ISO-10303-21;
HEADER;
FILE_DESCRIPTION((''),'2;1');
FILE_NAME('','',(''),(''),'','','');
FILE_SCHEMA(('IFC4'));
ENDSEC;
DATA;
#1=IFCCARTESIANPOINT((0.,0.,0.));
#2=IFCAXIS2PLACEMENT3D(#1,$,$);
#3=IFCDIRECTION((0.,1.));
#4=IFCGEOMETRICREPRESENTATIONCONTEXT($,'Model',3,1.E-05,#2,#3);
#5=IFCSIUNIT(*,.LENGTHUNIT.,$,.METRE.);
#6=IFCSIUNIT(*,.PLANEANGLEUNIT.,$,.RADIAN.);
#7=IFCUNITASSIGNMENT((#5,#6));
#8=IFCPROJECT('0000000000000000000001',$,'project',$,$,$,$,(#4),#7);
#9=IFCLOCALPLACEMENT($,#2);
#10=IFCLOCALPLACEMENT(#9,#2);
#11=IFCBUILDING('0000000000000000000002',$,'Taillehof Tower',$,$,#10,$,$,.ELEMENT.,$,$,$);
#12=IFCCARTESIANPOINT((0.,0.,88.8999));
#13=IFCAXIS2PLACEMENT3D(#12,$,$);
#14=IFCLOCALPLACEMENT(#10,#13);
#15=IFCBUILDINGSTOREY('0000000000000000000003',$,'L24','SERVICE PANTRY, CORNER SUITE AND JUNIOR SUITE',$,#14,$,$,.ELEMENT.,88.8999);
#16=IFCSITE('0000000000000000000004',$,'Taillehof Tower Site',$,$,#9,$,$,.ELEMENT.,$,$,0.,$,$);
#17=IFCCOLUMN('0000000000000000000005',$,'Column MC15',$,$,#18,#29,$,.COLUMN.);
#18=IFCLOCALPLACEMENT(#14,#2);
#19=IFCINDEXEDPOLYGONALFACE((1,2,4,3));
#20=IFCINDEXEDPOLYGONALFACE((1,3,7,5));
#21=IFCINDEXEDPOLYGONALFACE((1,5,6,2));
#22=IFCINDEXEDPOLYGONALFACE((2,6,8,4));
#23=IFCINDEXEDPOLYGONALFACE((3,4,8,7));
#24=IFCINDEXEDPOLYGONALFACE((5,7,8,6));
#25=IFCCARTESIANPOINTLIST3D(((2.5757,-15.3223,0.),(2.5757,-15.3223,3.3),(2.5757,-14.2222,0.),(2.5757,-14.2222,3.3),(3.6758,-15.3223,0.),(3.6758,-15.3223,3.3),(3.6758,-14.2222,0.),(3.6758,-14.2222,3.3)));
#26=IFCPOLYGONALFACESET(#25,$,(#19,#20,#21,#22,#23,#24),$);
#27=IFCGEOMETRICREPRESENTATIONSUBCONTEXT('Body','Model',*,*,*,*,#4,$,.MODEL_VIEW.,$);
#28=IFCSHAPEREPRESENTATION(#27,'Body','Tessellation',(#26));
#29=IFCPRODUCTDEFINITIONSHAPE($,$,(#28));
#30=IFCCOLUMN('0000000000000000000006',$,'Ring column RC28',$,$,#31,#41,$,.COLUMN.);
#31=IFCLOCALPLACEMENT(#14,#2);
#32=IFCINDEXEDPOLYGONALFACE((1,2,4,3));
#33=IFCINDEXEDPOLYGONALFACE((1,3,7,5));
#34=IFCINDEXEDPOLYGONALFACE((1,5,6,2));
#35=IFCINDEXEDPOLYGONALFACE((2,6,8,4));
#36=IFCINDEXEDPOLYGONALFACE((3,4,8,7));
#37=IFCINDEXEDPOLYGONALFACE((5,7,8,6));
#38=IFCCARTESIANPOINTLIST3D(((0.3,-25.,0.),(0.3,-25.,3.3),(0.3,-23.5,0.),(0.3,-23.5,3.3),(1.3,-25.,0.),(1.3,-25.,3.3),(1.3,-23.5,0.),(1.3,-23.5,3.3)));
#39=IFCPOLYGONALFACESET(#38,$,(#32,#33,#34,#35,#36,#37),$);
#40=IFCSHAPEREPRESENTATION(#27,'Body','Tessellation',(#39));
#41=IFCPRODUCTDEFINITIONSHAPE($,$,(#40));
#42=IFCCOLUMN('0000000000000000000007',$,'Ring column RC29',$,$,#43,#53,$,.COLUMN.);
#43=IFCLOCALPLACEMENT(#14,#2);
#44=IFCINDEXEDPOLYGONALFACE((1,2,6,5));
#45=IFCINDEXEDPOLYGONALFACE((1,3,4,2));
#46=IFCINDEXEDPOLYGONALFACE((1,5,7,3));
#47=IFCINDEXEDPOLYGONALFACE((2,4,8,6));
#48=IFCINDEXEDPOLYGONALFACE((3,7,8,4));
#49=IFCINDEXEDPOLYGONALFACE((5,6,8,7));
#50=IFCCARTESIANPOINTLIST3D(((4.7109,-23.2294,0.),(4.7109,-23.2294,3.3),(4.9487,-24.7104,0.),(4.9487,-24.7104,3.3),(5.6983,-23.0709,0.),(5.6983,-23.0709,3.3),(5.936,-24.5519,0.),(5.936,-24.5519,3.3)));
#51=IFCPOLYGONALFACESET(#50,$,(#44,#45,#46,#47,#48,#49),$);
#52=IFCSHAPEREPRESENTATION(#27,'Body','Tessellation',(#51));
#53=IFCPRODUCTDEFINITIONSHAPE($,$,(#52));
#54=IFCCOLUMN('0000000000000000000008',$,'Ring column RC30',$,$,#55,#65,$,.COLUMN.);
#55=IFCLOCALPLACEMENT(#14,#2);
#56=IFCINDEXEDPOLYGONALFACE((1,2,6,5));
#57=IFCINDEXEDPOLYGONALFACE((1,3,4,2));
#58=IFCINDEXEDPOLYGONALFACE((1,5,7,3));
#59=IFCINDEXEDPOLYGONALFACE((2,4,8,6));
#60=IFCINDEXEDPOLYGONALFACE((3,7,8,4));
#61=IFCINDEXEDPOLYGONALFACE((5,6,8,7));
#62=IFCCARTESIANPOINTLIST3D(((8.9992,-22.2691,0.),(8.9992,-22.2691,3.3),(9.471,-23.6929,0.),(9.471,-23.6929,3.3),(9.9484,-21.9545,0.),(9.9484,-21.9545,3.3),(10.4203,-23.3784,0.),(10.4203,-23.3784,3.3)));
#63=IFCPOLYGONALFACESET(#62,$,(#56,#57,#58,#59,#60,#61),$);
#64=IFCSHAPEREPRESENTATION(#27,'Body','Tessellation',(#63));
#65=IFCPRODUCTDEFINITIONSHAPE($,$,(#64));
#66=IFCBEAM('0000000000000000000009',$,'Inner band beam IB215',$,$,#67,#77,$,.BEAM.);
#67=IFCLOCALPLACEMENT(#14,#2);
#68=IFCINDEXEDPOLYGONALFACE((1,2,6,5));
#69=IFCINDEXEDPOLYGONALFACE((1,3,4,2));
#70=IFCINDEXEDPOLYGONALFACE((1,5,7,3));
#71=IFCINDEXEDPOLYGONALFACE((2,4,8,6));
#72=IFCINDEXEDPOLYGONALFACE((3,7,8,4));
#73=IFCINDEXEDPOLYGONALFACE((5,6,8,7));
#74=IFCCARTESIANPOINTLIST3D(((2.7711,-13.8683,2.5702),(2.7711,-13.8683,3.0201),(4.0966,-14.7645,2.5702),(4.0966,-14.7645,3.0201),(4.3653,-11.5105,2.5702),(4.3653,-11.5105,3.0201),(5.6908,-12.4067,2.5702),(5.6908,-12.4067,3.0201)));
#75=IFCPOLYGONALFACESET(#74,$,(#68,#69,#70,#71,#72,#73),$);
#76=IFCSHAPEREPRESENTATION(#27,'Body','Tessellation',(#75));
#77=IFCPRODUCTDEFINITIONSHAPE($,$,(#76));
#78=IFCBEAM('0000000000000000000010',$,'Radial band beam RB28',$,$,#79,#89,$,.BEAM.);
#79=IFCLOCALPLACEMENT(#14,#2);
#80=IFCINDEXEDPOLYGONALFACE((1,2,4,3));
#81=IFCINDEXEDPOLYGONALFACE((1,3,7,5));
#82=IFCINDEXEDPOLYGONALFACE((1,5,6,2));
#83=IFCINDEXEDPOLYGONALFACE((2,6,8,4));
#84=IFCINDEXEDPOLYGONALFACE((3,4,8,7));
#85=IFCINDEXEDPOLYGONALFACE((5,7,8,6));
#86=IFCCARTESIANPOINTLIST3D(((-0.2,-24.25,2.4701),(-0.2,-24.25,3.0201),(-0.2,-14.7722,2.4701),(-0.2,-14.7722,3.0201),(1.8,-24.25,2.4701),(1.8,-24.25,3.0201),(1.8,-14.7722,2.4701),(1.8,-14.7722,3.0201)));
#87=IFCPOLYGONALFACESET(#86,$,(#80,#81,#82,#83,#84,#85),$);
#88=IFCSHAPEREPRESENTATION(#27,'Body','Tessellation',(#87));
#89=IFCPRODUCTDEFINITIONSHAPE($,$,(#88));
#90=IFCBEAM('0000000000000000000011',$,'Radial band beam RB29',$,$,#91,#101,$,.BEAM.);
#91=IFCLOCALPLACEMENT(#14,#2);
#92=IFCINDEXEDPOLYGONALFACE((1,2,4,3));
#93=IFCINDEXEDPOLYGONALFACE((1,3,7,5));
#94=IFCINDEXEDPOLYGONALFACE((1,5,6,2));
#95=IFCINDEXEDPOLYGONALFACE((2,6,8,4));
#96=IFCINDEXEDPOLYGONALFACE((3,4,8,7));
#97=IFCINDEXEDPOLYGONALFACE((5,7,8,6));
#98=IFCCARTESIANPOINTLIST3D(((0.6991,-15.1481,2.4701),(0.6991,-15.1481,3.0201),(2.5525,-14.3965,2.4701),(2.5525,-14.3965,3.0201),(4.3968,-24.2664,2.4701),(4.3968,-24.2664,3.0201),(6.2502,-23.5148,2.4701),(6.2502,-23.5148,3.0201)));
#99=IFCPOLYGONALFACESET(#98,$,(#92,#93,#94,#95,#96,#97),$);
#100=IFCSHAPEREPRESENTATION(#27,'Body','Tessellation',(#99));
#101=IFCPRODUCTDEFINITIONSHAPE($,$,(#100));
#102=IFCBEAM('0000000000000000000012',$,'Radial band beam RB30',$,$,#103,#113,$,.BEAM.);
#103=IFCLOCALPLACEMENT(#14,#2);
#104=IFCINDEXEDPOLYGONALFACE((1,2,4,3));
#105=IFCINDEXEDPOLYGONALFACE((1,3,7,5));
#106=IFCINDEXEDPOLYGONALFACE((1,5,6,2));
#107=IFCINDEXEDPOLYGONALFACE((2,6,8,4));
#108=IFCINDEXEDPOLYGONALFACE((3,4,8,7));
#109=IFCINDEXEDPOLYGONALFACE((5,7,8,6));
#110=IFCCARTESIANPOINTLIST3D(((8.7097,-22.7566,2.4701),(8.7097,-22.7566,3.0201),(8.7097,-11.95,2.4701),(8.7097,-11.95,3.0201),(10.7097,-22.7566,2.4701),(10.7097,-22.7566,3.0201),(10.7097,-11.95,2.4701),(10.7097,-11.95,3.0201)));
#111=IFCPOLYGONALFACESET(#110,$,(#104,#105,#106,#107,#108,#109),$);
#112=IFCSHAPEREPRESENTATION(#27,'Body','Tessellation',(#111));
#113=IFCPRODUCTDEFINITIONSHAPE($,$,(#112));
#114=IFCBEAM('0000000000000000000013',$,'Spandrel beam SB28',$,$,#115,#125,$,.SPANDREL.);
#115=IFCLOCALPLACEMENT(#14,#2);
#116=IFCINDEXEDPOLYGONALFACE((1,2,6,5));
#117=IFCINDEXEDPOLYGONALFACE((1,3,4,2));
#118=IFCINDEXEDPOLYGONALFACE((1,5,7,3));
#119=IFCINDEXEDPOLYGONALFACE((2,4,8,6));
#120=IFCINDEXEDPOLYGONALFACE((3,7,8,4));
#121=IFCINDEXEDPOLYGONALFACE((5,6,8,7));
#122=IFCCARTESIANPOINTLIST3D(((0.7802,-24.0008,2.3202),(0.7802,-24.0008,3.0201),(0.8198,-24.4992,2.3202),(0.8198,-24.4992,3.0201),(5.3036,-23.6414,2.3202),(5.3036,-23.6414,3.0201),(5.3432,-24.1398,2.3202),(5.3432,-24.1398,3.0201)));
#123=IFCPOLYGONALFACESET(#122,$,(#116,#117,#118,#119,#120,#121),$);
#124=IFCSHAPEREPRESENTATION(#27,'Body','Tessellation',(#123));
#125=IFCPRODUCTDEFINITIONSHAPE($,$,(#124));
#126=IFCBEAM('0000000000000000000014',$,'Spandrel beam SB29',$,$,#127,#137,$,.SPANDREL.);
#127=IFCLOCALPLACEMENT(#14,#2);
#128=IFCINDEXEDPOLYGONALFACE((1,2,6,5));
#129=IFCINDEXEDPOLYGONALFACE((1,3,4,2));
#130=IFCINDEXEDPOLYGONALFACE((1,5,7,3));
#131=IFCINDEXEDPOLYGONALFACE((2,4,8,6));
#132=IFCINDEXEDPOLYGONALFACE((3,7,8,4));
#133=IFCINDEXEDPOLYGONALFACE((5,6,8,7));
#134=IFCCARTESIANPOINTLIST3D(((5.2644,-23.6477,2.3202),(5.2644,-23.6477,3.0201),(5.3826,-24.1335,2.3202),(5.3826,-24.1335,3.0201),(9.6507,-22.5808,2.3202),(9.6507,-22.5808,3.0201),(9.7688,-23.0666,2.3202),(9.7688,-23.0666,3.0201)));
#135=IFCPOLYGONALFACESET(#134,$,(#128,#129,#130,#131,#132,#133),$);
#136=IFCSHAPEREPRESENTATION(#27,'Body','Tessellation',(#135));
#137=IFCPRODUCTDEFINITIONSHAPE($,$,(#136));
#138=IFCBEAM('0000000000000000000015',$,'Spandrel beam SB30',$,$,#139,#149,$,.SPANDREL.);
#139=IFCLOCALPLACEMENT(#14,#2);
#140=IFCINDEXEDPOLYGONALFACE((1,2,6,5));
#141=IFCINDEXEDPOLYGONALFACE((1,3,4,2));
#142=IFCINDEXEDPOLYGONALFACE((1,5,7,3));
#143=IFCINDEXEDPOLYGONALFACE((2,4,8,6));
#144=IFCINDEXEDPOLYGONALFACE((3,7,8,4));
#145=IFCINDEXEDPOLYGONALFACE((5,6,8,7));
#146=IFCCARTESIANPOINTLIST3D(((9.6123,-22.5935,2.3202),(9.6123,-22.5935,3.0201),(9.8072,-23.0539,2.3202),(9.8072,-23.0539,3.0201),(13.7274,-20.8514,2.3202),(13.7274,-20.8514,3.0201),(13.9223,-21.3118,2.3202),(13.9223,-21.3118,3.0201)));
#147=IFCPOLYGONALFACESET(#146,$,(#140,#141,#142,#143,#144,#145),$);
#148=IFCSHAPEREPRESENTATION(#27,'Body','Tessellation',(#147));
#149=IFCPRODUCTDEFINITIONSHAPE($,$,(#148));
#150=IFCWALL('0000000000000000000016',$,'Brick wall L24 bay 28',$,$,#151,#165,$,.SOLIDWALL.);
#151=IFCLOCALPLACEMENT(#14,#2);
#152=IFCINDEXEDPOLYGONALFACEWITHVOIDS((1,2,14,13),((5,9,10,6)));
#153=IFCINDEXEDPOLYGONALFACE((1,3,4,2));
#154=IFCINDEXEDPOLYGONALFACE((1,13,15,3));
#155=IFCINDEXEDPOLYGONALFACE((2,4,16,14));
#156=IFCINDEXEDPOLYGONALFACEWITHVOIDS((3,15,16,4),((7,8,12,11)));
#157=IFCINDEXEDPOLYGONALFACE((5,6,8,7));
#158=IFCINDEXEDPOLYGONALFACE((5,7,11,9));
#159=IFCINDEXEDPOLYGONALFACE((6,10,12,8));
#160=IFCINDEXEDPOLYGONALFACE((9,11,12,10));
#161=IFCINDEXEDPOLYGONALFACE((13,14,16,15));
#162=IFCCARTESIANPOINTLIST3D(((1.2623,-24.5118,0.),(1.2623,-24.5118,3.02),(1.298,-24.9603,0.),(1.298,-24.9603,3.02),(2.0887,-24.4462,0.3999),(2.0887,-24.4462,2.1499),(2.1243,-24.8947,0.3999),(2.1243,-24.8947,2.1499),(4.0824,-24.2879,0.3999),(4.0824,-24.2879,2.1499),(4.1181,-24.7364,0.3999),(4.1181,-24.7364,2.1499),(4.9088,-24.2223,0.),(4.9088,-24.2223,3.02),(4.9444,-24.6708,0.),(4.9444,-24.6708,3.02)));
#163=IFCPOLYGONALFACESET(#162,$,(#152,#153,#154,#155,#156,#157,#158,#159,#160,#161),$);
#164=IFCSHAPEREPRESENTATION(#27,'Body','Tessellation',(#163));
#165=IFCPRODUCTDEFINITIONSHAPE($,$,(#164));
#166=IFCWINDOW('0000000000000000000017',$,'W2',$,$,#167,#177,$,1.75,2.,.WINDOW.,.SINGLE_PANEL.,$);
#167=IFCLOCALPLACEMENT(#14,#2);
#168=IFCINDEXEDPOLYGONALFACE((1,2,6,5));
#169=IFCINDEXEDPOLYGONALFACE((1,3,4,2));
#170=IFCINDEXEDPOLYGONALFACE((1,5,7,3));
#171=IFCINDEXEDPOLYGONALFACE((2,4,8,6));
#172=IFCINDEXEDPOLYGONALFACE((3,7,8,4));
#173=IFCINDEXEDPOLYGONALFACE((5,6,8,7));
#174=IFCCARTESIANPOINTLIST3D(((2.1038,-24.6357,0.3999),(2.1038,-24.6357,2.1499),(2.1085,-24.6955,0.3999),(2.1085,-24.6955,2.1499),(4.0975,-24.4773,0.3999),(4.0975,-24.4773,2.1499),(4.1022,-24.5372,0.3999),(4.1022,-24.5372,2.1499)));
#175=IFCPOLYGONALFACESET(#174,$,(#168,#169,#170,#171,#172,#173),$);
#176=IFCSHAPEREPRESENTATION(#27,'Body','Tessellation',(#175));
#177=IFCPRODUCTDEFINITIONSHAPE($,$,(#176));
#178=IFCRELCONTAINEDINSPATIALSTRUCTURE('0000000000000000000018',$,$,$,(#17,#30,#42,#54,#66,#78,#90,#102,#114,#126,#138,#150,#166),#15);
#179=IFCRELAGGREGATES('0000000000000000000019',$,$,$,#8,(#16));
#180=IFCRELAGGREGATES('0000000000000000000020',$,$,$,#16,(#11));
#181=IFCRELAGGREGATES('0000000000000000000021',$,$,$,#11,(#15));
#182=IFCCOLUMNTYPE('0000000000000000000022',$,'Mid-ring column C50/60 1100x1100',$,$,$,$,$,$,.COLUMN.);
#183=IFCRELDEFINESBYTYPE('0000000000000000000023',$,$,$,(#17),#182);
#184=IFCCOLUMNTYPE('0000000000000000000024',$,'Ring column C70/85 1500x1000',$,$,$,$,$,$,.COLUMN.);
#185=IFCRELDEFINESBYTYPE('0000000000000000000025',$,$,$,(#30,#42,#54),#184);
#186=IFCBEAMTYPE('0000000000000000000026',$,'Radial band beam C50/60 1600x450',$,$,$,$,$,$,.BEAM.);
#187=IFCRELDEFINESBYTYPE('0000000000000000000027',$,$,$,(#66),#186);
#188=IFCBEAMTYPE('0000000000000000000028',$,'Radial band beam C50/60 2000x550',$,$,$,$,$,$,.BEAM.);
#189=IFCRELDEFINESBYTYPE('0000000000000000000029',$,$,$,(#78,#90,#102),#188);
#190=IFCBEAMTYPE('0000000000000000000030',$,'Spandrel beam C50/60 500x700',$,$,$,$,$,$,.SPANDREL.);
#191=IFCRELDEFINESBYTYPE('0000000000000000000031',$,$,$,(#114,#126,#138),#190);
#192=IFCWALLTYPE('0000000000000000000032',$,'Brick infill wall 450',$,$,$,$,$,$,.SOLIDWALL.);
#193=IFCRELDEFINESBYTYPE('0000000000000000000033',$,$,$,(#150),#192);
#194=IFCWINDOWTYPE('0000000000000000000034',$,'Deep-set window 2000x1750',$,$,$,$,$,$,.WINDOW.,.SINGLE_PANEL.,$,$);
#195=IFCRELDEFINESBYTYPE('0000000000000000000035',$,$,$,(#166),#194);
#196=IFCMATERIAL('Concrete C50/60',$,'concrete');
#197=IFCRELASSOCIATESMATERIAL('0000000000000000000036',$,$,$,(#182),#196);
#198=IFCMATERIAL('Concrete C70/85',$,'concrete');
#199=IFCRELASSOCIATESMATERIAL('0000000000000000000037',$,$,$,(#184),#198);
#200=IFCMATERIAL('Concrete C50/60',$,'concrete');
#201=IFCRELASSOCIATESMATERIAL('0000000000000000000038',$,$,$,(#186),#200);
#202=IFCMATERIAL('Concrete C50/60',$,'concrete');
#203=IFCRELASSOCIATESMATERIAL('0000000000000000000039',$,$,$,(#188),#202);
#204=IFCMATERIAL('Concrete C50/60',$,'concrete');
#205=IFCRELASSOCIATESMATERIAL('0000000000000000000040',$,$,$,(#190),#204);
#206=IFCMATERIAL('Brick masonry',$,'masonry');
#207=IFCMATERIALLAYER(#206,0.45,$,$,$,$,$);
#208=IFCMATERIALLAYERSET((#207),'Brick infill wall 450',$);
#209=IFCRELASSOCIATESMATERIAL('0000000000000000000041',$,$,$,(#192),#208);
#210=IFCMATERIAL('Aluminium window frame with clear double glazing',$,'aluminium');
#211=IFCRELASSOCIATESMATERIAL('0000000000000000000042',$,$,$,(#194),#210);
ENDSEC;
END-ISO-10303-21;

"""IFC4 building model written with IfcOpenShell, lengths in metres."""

from ifc_helpers import new_model, si_unit, direction, frame, frame_2d, origin, origin_2d, place, context, subcontext, project, spatial, rectangle, extrude, material, layer, layer_set, material_profile, profile_set, type_object, element, fill, save


model = new_model("IFC4")

# Units and contexts
model_context = context("Model", 3, precision=1e-05, world=origin(), true_north=direction((0.0, 1.0)))
body_context = subcontext(model_context, "Body", "Model", "MODEL_VIEW")
ifc_project = project(units=[si_unit("LENGTHUNIT", "METRE"), si_unit("PLANEANGLEUNIT", "RADIAN")], contexts=[model_context])

# Site, building, storey
site_placement = place(None, origin())
site = spatial("IfcSite", under=ifc_project, at=site_placement, Name="Taillehof Tower Site", CompositionType="ELEMENT", RefElevation=0.0)
building_placement = place(site_placement, origin())
building = spatial("IfcBuilding", under=site, at=building_placement, Name="Taillehof Tower", CompositionType="ELEMENT")
storey_placement = place(building_placement, frame((0.0, 0.0, 88.8999)))
storey = spatial("IfcBuildingStorey", under=building, at=storey_placement, Name="L24", Description="SERVICE PANTRY, CORNER SUITE AND JUNIOR SUITE", CompositionType="ELEMENT", Elevation=88.8999)

# Columns
ifc_material_1 = material(Name="Concrete C50/60", Category="concrete")
ifc_material_profile_1 = material_profile(ifc_material_1, rectangle(XDim=1.1001, YDim=1.1001, at=origin_2d()), Name="RC 1100x1100")
ifc_profile_set_1 = profile_set([ifc_material_profile_1], Name="Concrete C50/60")
column_type_1 = type_object("IfcColumnType", Name="Mid-ring column C50/60 1100x1100", PredefinedType="COLUMN", material=ifc_profile_set_1)
column_placement = place(storey_placement, frame((3.1257, -14.7722, 0.0), z_axis=(0.0, 0.0, 1.0), x_axis=(1.0, 0.0, 0.0)))
element("IfcColumn", 1, at=column_placement, inside=storey, type_object=column_type_1, Name="Column MC15", PredefinedType="COLUMN", context=body_context, shape_type="SweptSolid", body=[
    extrude(rectangle(XDim=1.1001, YDim=1.1001, at=origin_2d()), origin(), (0.0, 0.0, 1.0), 3.3),
])
ifc_material_2 = material(Name="Concrete C70/85", Category="concrete")
ifc_material_profile_2 = material_profile(ifc_material_2, rectangle(XDim=1.5, YDim=1.0, at=origin_2d()), Name="RC 1500x1000")
ifc_profile_set_2 = profile_set([ifc_material_profile_2], Name="Concrete C70/85")
column_type_2 = type_object("IfcColumnType", Name="Ring column C70/85 1500x1000", PredefinedType="COLUMN", material=ifc_profile_set_2)
for number, where, z_axis, x_axis, name in (
    (2, (0.8, -24.25, 0.0), (0.0, 0.0, 1.0), (0.0, -1.0, 0.0), "Ring column RC28"),
    (3, (5.3235, -23.8906, 0.0), (0.0, 0.0, 1.0), (0.158507, -0.987358, 0.0), "Ring column RC29"),
    (4, (9.7097, -22.8237, 0.0), (0.0, 0.0, 1.0), (0.314555, -0.949239, 0.0), "Ring column RC30"),
):
    element("IfcColumn", number, at=place(storey_placement, frame(where, z_axis=z_axis, x_axis=x_axis)), inside=storey, type_object=column_type_2, Name=name, PredefinedType="COLUMN", context=body_context, shape_type="SweptSolid", body=[
        extrude(rectangle(XDim=1.5, YDim=1.0, at=origin_2d()), origin(), (0.0, 0.0, 1.0), 3.3),
    ])

# Beams
ifc_material_3 = material(Name="Concrete C50/60", Category="concrete")
ifc_material_profile_3 = material_profile(ifc_material_3, rectangle(XDim=1.6001, YDim=0.45, at=origin_2d()), Name="RC 1600x450")
ifc_profile_set_3 = profile_set([ifc_material_profile_3], Name="Concrete C50/60")
beam_type_1 = type_object("IfcBeamType", Name="Radial band beam C50/60 1600x450", PredefinedType="BEAM", material=ifc_profile_set_3)
beam_1_placement = place(storey_placement, frame((3.4338, -14.3164, 2.7952), z_axis=(0.560112, 0.828417, 0.0), x_axis=(-0.828417, 0.560112, 0.0)))
element("IfcBeam", 5, at=beam_1_placement, inside=storey, type_object=beam_type_1, Name="Inner band beam IB215", PredefinedType="BEAM", context=body_context, shape_type="SweptSolid", body=[
    extrude(rectangle(XDim=1.6001, YDim=0.45, at=origin_2d()), origin(), (0.0, 0.0, 1.0), 2.8462),
])
ifc_material_4 = material(Name="Concrete C50/60", Category="concrete")
ifc_material_profile_4 = material_profile(ifc_material_4, rectangle(XDim=2.0, YDim=0.55, at=origin_2d()), Name="RC 2000x550")
ifc_profile_set_4 = profile_set([ifc_material_profile_4], Name="Concrete C50/60")
beam_type_2 = type_object("IfcBeamType", Name="Radial band beam C50/60 2000x550", PredefinedType="BEAM", material=ifc_profile_set_4)
beam_2_placement = place(storey_placement, frame((0.8, -24.25, 2.7451), z_axis=(0.0, 1.0, 0.0), x_axis=(-1.0, 0.0, 0.0)))
element("IfcBeam", 6, at=beam_2_placement, inside=storey, type_object=beam_type_2, Name="Radial band beam RB28", PredefinedType="BEAM", context=body_context, shape_type="SweptSolid", body=[
    extrude(rectangle(XDim=2.0, YDim=0.55, at=origin_2d()), origin(), (0.0, 0.0, 1.0), 9.4778),
])
beam_3_placement = place(storey_placement, frame((5.3235, -23.8906, 2.7451), z_axis=(-0.375801, 0.9267, 0.0), x_axis=(-0.9267, -0.375801, 0.0)))
element("IfcBeam", 7, at=beam_3_placement, inside=storey, type_object=beam_type_2, Name="Radial band beam RB29", PredefinedType="BEAM", context=body_context, shape_type="SweptSolid", body=[
    extrude(rectangle(XDim=2.0, YDim=0.55, at=origin_2d()), origin(), (0.0, 0.0, 1.0), 9.8396),
])
beam_4_placement = place(storey_placement, frame((9.7097, -22.7566, 2.7451), z_axis=(0.0, 1.0, 0.0), x_axis=(-1.0, 0.0, 0.0)))
element("IfcBeam", 8, at=beam_4_placement, inside=storey, type_object=beam_type_2, Name="Radial band beam RB30", PredefinedType="BEAM", context=body_context, shape_type="SweptSolid", body=[
    extrude(rectangle(XDim=2.0, YDim=0.55, at=origin_2d()), origin(), (0.0, 0.0, 1.0), 10.8066),
])
ifc_material_5 = material(Name="Concrete C50/60", Category="concrete")
ifc_material_profile_5 = material_profile(ifc_material_5, rectangle(XDim=0.5, YDim=0.7, at=origin_2d()), Name="RC 500x700")
ifc_profile_set_5 = profile_set([ifc_material_profile_5], Name="Concrete C50/60")
beam_type_3 = type_object("IfcBeamType", Name="Spandrel beam C50/60 500x700", PredefinedType="SPANDREL", material=ifc_profile_set_5)
beam_5_placement = place(storey_placement, frame((0.8, -24.25, 2.6702), z_axis=(0.996859, 0.079198, 0.0), x_axis=(-0.079198, 0.996859, 0.0)))
element("IfcBeam", 9, at=beam_5_placement, inside=storey, type_object=beam_type_3, Name="Spandrel beam SB28", PredefinedType="SPANDREL", context=body_context, shape_type="SweptSolid", body=[
    extrude(rectangle(XDim=0.5, YDim=0.7, at=origin_2d()), origin(), (0.0, 0.0, 1.0), 4.5376),
])
beam_6_placement = place(storey_placement, frame((5.3235, -23.8906, 2.6702), z_axis=(0.971669, 0.236346, 0.0), x_axis=(-0.236346, 0.971669, 0.0)))
element("IfcBeam", 10, at=beam_6_placement, inside=storey, type_object=beam_type_3, Name="Spandrel beam SB29", PredefinedType="SPANDREL", context=body_context, shape_type="SweptSolid", body=[
    extrude(rectangle(XDim=0.5, YDim=0.7, at=origin_2d()), origin(), (0.0, 0.0, 1.0), 4.5142),
])
beam_7_placement = place(storey_placement, frame((9.7097, -22.8237, 2.6702), z_axis=(0.920877, 0.389854, 0.0), x_axis=(-0.389854, 0.920877, 0.0)))
element("IfcBeam", 11, at=beam_7_placement, inside=storey, type_object=beam_type_3, Name="Spandrel beam SB30", PredefinedType="SPANDREL", context=body_context, shape_type="SweptSolid", body=[
    extrude(rectangle(XDim=0.5, YDim=0.7, at=origin_2d()), origin(), (0.0, 0.0, 1.0), 4.4688),
])

# Wall, opening, window
ifc_material_6 = material(Name="Brick masonry", Category="masonry")
ifc_layer_1 = layer(ifc_material_6, 0.45)
ifc_layer_set_1 = layer_set([ifc_layer_1], Name="Brick infill wall 450")
wall_type_1 = type_object("IfcWallType", Name="Brick infill wall 450", PredefinedType="SOLIDWALL", material=ifc_layer_set_1)
wall_1_placement = place(storey_placement, frame((1.28, -24.7361, 0.0), z_axis=(0.0, 0.0, 1.0), x_axis=(0.996862, 0.079156, 0.0)))
wall_1 = element("IfcWall", 12, at=wall_1_placement, inside=storey, type_object=wall_type_1, Name="Brick wall L24 bay 28", PredefinedType="SOLIDWALL", context=body_context, shape_type="SweptSolid", body=[
    extrude(rectangle(XDim=3.658, YDim=0.45, at=frame_2d((1.8291, 0.0))), origin(), (0.0, 0.0, 1.0), 3.02),
])
opening_1_placement = place(wall_1_placement, frame((0.8291, 0.0, 0.3999)))
opening_1 = element("IfcOpeningElement", 13, at=opening_1_placement, cuts=wall_1, PredefinedType="OPENING", context=body_context, shape_type="SweptSolid", body=[
    extrude(rectangle(XDim=2.0, YDim=1.75, at=frame_2d((1.0, 0.875))), frame((0.0, 0.2349, 0.0), z_axis=(0.0, -1.0, 0.0), x_axis=(1.0, 0.0, 0.0)), (0.0, 0.0, 1.0), 0.47),
])
ifc_material_7 = material(Name="Aluminium window frame with clear double glazing", Category="aluminium")
window_type = type_object("IfcWindowType", Name="Deep-set window 2000x1750", PartitioningType="SINGLE_PANEL", PredefinedType="WINDOW", material=ifc_material_7)
window_1_placement = place(opening_1_placement, origin())
window_1 = element("IfcWindow", 14, at=window_1_placement, inside=storey, type_object=window_type, Name="W2", OverallHeight=1.75, OverallWidth=2.0, PartitioningType="SINGLE_PANEL", PredefinedType="WINDOW", context=body_context, shape_type="SweptSolid", body=[
    extrude(rectangle(XDim=2.0, YDim=1.75, at=frame_2d((1.0, 0.875))), frame((0.0, 0.0349, 0.0), z_axis=(0.0, -1.0, 0.0), x_axis=(1.0, 0.0, 0.0)), (0.0, 0.0, 1.0), 0.0601),
])
fill(opening_1, window_1)

save(model, "model.ifc")
